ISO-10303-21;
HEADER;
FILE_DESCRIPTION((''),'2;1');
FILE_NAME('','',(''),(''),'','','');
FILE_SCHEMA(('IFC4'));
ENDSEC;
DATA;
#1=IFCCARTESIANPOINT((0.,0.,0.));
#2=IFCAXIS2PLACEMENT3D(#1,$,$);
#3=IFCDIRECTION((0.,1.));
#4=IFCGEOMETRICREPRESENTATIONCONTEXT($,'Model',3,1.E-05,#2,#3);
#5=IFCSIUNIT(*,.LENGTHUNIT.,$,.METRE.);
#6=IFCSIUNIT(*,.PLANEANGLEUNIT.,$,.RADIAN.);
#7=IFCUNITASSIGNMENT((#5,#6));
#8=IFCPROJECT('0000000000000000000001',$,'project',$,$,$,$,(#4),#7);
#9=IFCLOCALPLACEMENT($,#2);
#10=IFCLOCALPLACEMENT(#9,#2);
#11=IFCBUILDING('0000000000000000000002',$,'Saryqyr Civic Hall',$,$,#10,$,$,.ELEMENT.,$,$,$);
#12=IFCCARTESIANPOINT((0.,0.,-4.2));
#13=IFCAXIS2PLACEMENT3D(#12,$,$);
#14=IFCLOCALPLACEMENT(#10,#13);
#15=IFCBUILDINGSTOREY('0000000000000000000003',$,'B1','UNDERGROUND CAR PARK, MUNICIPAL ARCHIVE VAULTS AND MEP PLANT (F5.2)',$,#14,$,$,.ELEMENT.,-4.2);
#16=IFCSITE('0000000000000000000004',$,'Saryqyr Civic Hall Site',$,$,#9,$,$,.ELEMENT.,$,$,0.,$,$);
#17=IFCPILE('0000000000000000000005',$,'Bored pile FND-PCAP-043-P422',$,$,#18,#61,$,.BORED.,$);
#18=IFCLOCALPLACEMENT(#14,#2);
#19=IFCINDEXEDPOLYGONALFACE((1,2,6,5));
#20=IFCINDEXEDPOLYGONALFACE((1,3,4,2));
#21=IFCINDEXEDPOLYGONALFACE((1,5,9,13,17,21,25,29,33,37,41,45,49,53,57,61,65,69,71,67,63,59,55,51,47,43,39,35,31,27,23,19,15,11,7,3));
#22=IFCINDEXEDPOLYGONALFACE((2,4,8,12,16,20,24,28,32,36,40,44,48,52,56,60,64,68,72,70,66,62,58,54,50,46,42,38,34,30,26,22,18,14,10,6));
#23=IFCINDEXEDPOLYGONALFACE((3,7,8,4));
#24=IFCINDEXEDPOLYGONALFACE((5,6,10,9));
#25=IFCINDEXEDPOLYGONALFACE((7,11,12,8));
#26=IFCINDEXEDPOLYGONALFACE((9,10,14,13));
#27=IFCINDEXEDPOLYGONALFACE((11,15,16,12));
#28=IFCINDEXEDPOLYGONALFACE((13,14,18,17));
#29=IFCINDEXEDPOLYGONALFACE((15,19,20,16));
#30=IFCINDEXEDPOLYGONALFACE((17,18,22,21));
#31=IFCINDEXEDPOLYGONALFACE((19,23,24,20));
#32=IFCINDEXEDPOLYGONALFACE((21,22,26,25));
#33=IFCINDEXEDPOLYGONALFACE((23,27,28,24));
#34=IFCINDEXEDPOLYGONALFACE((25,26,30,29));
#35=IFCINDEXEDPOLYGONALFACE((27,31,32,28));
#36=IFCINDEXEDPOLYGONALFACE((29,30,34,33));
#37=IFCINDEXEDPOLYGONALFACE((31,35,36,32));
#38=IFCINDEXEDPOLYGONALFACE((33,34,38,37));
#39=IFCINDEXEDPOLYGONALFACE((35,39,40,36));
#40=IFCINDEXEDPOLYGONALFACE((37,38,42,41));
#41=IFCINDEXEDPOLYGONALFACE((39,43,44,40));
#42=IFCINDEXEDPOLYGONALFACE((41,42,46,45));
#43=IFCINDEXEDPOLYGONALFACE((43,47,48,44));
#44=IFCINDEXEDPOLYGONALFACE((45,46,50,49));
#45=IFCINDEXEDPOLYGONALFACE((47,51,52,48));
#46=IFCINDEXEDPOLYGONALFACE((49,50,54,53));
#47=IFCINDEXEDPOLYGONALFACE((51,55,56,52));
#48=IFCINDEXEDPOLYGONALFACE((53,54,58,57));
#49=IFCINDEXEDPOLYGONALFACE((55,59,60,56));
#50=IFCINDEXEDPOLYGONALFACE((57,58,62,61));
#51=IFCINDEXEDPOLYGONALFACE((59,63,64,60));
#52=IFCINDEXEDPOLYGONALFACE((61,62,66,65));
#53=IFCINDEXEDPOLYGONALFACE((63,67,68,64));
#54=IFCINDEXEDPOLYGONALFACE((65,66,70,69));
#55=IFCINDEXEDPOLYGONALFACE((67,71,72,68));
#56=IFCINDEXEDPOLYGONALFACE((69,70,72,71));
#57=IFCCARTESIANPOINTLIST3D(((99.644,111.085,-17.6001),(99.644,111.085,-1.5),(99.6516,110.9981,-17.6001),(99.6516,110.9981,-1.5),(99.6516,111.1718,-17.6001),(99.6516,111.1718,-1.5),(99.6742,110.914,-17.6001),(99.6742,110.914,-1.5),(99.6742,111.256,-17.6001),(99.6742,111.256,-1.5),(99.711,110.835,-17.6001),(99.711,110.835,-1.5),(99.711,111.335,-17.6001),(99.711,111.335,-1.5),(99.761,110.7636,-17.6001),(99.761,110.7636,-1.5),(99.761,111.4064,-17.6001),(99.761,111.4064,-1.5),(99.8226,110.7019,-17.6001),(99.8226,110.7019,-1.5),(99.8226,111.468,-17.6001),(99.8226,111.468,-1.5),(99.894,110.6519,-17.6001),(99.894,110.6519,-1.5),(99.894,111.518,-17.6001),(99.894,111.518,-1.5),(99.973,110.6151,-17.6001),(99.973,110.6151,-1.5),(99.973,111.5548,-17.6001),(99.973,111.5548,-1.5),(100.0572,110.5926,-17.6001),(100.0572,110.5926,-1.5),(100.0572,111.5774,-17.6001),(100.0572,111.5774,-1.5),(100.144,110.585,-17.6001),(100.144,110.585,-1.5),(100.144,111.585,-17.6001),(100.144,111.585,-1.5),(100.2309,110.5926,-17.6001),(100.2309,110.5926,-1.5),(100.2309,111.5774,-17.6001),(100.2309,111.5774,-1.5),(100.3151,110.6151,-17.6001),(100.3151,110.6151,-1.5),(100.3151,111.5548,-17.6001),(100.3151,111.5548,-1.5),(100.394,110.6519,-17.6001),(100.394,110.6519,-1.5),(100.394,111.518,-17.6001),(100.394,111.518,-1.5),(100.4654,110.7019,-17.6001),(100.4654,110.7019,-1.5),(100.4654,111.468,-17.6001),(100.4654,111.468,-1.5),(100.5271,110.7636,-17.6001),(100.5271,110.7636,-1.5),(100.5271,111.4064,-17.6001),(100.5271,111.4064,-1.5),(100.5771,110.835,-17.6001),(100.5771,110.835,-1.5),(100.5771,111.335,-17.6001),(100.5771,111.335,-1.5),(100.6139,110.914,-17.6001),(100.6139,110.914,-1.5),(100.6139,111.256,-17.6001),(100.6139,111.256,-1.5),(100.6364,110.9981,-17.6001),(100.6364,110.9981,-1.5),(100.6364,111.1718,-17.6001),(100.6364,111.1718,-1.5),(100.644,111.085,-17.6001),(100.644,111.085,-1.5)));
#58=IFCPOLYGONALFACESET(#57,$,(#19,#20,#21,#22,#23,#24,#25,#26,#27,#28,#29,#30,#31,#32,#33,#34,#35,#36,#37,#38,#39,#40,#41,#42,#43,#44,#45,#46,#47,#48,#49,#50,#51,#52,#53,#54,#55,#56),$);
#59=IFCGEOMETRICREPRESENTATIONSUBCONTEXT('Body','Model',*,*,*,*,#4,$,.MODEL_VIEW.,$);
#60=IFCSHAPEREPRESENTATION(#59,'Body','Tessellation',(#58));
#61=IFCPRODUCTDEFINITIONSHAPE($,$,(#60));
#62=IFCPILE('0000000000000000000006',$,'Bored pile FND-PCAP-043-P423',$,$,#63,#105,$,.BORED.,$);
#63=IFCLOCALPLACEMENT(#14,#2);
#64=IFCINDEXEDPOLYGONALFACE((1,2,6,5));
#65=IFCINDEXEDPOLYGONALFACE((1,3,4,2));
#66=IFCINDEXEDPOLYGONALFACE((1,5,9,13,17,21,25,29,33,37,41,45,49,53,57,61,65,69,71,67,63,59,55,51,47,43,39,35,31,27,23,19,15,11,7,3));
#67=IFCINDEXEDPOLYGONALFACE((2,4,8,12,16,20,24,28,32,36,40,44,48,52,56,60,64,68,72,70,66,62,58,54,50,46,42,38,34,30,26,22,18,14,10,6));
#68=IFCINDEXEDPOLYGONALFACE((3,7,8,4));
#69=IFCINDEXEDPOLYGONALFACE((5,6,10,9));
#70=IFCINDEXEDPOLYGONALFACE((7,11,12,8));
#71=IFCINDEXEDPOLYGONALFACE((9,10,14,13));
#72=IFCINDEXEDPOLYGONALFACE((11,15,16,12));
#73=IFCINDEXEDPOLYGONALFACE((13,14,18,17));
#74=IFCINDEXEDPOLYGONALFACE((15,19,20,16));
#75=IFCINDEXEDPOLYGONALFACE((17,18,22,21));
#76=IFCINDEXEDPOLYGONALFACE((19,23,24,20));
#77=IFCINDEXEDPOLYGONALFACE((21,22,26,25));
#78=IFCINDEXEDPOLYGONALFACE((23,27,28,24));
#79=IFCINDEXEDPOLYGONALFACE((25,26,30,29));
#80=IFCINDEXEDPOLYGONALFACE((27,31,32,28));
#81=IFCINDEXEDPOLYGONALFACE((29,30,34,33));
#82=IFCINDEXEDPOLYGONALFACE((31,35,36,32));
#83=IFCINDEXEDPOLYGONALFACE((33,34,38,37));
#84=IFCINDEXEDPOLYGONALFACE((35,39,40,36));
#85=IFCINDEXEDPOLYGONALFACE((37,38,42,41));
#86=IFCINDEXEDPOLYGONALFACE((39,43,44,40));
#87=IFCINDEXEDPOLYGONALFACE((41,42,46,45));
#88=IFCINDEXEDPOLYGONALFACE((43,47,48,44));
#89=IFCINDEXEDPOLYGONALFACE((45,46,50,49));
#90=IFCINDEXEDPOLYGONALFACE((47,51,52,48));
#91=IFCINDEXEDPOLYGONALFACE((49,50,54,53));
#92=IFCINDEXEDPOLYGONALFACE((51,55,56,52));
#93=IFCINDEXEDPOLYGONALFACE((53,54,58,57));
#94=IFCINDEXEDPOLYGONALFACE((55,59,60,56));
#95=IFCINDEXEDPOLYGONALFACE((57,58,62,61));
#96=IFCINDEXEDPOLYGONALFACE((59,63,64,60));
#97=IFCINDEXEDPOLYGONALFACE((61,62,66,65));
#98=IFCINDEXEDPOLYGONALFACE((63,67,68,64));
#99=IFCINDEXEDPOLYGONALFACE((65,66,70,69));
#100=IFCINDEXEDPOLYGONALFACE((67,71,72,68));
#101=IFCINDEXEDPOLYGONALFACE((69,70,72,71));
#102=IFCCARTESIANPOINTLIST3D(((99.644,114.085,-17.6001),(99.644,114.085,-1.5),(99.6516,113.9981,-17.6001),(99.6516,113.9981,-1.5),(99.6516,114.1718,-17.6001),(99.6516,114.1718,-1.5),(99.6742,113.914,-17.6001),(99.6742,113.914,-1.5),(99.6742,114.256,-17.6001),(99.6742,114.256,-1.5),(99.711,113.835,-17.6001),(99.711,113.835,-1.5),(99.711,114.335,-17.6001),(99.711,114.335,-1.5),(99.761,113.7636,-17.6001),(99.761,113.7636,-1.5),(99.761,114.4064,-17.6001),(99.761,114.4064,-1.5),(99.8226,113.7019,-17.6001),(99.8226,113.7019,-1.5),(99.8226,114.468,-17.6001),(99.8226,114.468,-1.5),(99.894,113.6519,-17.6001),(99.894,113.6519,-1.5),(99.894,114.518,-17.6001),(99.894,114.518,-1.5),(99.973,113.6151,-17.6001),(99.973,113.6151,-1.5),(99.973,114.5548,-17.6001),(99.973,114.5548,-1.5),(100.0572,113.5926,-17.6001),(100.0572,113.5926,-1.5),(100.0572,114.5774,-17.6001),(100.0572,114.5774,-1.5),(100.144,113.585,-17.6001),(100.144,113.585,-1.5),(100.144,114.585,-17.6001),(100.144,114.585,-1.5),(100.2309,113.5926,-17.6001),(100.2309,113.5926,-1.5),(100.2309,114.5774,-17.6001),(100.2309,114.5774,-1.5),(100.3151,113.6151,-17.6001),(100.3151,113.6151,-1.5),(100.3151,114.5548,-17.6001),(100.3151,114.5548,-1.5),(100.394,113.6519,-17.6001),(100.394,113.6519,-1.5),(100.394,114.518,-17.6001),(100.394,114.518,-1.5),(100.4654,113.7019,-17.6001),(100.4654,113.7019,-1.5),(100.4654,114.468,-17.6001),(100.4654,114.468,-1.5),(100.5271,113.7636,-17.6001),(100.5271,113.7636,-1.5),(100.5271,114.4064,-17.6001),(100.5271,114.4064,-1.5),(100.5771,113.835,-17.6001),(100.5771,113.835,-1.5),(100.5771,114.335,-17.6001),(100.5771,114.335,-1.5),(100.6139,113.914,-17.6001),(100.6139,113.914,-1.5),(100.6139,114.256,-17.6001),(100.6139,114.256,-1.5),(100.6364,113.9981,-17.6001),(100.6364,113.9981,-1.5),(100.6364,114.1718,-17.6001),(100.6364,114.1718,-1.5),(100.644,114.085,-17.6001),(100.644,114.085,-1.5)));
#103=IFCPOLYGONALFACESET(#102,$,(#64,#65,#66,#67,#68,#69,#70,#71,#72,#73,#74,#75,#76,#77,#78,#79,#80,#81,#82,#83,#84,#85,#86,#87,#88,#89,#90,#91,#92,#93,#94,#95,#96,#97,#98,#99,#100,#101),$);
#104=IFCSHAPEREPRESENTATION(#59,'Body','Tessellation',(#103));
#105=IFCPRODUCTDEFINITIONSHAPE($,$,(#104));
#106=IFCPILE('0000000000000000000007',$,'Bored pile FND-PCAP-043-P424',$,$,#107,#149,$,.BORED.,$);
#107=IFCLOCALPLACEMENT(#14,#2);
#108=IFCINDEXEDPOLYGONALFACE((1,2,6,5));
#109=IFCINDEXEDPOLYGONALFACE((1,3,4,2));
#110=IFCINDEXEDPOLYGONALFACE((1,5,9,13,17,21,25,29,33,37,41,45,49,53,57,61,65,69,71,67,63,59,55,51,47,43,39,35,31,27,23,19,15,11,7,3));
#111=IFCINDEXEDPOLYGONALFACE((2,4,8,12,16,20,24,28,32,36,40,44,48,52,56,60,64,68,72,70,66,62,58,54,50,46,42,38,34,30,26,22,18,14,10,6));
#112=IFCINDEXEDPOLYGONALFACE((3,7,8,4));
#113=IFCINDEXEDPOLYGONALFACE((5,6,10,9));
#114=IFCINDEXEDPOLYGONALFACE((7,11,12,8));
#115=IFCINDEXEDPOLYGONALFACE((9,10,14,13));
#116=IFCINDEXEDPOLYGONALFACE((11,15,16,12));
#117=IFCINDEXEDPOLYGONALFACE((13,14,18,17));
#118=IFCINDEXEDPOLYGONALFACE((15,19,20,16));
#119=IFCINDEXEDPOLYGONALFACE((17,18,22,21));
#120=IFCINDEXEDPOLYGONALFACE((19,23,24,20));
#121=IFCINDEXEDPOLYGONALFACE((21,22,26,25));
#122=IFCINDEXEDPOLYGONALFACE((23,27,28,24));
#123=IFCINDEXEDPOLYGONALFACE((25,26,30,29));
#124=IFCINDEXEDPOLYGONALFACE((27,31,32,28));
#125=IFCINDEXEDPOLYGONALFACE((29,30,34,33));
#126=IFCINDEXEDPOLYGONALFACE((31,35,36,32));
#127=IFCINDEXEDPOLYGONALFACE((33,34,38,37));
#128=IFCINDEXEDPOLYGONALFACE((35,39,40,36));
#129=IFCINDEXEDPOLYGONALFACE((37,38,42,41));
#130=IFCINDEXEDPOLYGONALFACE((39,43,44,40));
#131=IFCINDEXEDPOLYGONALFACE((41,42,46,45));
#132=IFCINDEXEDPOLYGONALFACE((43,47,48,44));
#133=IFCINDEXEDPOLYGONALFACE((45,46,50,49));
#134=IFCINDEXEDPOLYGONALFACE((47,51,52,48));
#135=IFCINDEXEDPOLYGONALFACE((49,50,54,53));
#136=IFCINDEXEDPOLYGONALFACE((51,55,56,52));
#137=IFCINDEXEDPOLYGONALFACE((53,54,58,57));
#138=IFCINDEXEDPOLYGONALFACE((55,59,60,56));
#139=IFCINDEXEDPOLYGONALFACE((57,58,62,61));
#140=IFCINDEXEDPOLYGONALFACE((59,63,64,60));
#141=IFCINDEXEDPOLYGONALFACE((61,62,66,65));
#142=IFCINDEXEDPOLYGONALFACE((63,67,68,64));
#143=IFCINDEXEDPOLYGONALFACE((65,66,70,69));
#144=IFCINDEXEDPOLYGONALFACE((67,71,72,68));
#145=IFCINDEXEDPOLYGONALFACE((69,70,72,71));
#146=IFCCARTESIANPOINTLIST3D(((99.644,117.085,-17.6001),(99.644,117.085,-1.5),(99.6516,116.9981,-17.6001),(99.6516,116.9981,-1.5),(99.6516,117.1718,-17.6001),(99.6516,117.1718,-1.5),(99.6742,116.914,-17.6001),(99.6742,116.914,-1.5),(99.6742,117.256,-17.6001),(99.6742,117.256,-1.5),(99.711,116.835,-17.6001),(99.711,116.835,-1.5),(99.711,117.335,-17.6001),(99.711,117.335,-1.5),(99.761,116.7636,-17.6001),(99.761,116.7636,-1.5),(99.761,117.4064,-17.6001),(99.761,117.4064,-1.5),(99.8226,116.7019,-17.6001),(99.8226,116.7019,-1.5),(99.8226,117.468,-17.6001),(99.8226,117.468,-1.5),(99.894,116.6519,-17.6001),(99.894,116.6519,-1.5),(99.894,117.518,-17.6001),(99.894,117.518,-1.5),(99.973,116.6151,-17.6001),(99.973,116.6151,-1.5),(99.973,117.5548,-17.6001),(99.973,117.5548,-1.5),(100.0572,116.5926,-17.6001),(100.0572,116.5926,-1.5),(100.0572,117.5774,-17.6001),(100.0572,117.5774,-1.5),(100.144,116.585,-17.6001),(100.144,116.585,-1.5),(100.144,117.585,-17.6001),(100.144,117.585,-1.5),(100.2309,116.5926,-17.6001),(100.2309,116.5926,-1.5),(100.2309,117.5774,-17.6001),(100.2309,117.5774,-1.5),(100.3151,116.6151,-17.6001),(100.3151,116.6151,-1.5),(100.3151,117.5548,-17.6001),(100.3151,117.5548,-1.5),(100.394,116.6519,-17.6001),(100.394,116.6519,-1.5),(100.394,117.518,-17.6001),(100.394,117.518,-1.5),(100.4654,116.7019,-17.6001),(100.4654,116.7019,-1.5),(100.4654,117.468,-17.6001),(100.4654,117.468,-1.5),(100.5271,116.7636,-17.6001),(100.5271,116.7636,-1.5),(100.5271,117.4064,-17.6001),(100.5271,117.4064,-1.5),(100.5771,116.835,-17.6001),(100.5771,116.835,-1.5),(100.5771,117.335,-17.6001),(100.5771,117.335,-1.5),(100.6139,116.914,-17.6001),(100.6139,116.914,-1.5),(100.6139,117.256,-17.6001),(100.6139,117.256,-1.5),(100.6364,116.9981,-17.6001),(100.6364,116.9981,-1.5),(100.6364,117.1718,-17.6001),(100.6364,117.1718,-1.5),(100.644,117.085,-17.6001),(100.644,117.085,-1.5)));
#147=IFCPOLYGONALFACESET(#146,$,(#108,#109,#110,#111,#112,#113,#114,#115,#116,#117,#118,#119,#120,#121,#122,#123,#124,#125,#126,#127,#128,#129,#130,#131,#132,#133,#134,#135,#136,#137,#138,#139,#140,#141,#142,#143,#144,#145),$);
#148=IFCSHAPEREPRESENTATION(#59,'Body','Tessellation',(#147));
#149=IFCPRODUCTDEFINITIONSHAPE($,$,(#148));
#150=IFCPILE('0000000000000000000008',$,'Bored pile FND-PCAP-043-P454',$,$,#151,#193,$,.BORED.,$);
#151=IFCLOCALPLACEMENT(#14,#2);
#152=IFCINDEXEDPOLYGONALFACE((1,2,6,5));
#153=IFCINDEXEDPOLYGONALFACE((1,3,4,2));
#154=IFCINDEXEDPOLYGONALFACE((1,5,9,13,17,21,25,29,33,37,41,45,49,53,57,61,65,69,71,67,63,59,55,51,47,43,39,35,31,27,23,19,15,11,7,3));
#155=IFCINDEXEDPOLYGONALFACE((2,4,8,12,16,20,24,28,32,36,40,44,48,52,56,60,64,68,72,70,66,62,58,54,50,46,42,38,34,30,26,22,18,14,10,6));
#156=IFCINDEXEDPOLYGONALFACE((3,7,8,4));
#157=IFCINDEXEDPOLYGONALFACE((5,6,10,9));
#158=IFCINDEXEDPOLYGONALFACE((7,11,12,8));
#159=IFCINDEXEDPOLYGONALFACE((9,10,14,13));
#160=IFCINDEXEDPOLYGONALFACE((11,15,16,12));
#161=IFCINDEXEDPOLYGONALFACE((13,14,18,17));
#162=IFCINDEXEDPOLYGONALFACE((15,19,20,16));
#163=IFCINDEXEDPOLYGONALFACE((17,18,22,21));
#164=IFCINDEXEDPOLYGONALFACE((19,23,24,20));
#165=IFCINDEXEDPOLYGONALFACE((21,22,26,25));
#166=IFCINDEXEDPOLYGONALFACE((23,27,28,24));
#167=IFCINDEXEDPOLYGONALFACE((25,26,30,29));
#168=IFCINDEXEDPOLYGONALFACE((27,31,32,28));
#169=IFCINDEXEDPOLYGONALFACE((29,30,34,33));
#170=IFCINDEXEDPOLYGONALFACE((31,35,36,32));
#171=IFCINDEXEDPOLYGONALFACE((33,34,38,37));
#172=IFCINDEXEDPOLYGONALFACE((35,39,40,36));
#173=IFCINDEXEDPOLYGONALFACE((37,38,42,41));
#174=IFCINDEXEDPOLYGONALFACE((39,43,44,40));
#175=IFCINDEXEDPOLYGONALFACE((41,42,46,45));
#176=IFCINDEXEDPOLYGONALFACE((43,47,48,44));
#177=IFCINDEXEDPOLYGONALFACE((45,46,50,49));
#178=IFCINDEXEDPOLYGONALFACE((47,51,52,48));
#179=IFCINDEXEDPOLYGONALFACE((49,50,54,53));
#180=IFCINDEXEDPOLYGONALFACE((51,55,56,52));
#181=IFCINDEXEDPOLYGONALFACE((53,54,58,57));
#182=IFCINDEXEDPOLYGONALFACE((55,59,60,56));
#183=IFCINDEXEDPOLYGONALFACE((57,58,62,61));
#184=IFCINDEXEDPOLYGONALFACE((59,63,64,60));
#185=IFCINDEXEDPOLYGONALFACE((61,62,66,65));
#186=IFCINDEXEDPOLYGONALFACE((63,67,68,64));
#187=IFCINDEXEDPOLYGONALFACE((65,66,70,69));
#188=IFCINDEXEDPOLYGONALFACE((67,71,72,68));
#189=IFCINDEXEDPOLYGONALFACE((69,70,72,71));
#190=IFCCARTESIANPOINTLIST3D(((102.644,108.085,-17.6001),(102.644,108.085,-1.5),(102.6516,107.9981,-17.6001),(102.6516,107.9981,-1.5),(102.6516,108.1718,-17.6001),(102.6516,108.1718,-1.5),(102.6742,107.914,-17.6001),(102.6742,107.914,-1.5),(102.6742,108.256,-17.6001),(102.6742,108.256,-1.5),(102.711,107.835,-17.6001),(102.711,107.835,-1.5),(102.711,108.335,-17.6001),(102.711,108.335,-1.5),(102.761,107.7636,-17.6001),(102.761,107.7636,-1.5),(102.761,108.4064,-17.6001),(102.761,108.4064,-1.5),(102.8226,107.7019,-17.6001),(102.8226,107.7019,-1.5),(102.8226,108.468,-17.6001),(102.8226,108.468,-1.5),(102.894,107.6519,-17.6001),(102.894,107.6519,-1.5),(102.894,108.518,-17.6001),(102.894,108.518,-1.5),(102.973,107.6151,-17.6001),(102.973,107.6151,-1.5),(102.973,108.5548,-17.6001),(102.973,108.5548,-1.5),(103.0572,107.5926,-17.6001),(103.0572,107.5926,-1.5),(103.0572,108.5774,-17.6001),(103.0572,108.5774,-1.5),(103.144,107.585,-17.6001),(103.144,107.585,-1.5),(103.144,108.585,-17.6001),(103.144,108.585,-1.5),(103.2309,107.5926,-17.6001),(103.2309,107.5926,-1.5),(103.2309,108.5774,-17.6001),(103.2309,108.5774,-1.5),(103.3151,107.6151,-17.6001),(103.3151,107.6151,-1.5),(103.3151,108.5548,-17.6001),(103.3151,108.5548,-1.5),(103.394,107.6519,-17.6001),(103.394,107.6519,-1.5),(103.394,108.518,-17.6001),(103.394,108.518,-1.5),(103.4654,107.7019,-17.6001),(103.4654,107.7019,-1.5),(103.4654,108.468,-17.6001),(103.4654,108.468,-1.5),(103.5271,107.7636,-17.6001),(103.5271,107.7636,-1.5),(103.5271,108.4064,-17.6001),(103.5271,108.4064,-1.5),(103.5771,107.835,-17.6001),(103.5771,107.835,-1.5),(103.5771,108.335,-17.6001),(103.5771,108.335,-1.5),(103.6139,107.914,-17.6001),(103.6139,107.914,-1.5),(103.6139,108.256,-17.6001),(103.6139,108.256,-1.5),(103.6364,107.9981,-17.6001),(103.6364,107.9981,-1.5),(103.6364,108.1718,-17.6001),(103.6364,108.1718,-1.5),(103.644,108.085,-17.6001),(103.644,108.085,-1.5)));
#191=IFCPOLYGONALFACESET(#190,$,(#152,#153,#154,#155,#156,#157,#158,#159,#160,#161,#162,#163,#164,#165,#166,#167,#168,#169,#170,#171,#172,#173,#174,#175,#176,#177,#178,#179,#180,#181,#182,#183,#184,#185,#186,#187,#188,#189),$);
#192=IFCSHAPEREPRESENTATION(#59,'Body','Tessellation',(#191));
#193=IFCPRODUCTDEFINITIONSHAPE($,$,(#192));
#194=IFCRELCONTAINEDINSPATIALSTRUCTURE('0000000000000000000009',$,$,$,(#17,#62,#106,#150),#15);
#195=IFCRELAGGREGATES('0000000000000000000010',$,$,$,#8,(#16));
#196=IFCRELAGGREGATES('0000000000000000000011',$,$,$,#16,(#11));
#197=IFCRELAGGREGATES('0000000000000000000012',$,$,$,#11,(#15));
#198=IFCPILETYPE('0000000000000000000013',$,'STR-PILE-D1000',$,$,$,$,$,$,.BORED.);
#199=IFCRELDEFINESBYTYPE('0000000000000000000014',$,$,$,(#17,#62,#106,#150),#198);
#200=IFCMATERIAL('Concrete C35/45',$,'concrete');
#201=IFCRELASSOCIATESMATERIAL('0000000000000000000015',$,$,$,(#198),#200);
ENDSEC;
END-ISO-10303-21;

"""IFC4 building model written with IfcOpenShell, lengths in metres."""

from ifc_helpers import new_model, si_unit, direction, frame, origin, origin_2d, place, context, subcontext, project, spatial, circle, extrude, material, material_profile, profile_set, type_object, element, save


model = new_model("IFC4")

# Units and contexts
model_context = context("Model", 3, precision=1e-05, world=origin(), true_north=direction((0.0, 1.0)))
body_context = subcontext(model_context, "Body", "Model", "MODEL_VIEW")
ifc_project = project(units=[si_unit("LENGTHUNIT", "METRE"), si_unit("PLANEANGLEUNIT", "RADIAN")], contexts=[model_context])

# Site, building, storey
site_placement = place(None, origin())
site = spatial("IfcSite", under=ifc_project, at=site_placement, Name="Saryqyr Civic Hall Site", CompositionType="ELEMENT", RefElevation=0.0)
building_placement = place(site_placement, origin())
building = spatial("IfcBuilding", under=site, at=building_placement, Name="Saryqyr Civic Hall", CompositionType="ELEMENT")
storey_placement = place(building_placement, frame((0.0, 0.0, -4.2)))
storey = spatial("IfcBuildingStorey", under=building, at=storey_placement, Name="B1", Description="UNDERGROUND CAR PARK, MUNICIPAL ARCHIVE VAULTS AND MEP PLANT (F5.2)", CompositionType="ELEMENT", Elevation=-4.2)

# Piles
ifc_material_1 = material(Name="Concrete C35/45", Category="concrete")
ifc_material_profile_1 = material_profile(ifc_material_1, circle(Radius=0.5, at=origin_2d()), Name="BORED PILE D1000")
ifc_profile_set_1 = profile_set([ifc_material_profile_1], Name="Concrete C35/45")
pile_type = type_object("IfcPileType", Name="STR-PILE-D1000", PredefinedType="BORED", material=ifc_profile_set_1)
for number, where, z_axis, x_axis, name in (
    (1, (100.144, 111.085, -1.5), (0.0, 0.0, -1.0), (1.0, 0.0, 0.0), "Bored pile FND-PCAP-043-P422"),
    (2, (100.144, 114.085, -1.5), (0.0, 0.0, -1.0), (1.0, 0.0, 0.0), "Bored pile FND-PCAP-043-P423"),
    (3, (100.144, 117.085, -1.5), (0.0, 0.0, -1.0), (1.0, 0.0, 0.0), "Bored pile FND-PCAP-043-P424"),
    (4, (103.144, 108.085, -1.5), (0.0, 0.0, -1.0), (1.0, 0.0, 0.0), "Bored pile FND-PCAP-043-P454"),
):
    element("IfcPile", number, at=place(storey_placement, frame(where, z_axis=z_axis, x_axis=x_axis)), inside=storey, type_object=pile_type, Name=name, PredefinedType="BORED", context=body_context, shape_type="SweptSolid", body=[
        extrude(circle(Radius=0.5, at=origin_2d()), origin(), (0.0, 0.0, 1.0), 16.1001),
    ])

save(model, "model.ifc")
